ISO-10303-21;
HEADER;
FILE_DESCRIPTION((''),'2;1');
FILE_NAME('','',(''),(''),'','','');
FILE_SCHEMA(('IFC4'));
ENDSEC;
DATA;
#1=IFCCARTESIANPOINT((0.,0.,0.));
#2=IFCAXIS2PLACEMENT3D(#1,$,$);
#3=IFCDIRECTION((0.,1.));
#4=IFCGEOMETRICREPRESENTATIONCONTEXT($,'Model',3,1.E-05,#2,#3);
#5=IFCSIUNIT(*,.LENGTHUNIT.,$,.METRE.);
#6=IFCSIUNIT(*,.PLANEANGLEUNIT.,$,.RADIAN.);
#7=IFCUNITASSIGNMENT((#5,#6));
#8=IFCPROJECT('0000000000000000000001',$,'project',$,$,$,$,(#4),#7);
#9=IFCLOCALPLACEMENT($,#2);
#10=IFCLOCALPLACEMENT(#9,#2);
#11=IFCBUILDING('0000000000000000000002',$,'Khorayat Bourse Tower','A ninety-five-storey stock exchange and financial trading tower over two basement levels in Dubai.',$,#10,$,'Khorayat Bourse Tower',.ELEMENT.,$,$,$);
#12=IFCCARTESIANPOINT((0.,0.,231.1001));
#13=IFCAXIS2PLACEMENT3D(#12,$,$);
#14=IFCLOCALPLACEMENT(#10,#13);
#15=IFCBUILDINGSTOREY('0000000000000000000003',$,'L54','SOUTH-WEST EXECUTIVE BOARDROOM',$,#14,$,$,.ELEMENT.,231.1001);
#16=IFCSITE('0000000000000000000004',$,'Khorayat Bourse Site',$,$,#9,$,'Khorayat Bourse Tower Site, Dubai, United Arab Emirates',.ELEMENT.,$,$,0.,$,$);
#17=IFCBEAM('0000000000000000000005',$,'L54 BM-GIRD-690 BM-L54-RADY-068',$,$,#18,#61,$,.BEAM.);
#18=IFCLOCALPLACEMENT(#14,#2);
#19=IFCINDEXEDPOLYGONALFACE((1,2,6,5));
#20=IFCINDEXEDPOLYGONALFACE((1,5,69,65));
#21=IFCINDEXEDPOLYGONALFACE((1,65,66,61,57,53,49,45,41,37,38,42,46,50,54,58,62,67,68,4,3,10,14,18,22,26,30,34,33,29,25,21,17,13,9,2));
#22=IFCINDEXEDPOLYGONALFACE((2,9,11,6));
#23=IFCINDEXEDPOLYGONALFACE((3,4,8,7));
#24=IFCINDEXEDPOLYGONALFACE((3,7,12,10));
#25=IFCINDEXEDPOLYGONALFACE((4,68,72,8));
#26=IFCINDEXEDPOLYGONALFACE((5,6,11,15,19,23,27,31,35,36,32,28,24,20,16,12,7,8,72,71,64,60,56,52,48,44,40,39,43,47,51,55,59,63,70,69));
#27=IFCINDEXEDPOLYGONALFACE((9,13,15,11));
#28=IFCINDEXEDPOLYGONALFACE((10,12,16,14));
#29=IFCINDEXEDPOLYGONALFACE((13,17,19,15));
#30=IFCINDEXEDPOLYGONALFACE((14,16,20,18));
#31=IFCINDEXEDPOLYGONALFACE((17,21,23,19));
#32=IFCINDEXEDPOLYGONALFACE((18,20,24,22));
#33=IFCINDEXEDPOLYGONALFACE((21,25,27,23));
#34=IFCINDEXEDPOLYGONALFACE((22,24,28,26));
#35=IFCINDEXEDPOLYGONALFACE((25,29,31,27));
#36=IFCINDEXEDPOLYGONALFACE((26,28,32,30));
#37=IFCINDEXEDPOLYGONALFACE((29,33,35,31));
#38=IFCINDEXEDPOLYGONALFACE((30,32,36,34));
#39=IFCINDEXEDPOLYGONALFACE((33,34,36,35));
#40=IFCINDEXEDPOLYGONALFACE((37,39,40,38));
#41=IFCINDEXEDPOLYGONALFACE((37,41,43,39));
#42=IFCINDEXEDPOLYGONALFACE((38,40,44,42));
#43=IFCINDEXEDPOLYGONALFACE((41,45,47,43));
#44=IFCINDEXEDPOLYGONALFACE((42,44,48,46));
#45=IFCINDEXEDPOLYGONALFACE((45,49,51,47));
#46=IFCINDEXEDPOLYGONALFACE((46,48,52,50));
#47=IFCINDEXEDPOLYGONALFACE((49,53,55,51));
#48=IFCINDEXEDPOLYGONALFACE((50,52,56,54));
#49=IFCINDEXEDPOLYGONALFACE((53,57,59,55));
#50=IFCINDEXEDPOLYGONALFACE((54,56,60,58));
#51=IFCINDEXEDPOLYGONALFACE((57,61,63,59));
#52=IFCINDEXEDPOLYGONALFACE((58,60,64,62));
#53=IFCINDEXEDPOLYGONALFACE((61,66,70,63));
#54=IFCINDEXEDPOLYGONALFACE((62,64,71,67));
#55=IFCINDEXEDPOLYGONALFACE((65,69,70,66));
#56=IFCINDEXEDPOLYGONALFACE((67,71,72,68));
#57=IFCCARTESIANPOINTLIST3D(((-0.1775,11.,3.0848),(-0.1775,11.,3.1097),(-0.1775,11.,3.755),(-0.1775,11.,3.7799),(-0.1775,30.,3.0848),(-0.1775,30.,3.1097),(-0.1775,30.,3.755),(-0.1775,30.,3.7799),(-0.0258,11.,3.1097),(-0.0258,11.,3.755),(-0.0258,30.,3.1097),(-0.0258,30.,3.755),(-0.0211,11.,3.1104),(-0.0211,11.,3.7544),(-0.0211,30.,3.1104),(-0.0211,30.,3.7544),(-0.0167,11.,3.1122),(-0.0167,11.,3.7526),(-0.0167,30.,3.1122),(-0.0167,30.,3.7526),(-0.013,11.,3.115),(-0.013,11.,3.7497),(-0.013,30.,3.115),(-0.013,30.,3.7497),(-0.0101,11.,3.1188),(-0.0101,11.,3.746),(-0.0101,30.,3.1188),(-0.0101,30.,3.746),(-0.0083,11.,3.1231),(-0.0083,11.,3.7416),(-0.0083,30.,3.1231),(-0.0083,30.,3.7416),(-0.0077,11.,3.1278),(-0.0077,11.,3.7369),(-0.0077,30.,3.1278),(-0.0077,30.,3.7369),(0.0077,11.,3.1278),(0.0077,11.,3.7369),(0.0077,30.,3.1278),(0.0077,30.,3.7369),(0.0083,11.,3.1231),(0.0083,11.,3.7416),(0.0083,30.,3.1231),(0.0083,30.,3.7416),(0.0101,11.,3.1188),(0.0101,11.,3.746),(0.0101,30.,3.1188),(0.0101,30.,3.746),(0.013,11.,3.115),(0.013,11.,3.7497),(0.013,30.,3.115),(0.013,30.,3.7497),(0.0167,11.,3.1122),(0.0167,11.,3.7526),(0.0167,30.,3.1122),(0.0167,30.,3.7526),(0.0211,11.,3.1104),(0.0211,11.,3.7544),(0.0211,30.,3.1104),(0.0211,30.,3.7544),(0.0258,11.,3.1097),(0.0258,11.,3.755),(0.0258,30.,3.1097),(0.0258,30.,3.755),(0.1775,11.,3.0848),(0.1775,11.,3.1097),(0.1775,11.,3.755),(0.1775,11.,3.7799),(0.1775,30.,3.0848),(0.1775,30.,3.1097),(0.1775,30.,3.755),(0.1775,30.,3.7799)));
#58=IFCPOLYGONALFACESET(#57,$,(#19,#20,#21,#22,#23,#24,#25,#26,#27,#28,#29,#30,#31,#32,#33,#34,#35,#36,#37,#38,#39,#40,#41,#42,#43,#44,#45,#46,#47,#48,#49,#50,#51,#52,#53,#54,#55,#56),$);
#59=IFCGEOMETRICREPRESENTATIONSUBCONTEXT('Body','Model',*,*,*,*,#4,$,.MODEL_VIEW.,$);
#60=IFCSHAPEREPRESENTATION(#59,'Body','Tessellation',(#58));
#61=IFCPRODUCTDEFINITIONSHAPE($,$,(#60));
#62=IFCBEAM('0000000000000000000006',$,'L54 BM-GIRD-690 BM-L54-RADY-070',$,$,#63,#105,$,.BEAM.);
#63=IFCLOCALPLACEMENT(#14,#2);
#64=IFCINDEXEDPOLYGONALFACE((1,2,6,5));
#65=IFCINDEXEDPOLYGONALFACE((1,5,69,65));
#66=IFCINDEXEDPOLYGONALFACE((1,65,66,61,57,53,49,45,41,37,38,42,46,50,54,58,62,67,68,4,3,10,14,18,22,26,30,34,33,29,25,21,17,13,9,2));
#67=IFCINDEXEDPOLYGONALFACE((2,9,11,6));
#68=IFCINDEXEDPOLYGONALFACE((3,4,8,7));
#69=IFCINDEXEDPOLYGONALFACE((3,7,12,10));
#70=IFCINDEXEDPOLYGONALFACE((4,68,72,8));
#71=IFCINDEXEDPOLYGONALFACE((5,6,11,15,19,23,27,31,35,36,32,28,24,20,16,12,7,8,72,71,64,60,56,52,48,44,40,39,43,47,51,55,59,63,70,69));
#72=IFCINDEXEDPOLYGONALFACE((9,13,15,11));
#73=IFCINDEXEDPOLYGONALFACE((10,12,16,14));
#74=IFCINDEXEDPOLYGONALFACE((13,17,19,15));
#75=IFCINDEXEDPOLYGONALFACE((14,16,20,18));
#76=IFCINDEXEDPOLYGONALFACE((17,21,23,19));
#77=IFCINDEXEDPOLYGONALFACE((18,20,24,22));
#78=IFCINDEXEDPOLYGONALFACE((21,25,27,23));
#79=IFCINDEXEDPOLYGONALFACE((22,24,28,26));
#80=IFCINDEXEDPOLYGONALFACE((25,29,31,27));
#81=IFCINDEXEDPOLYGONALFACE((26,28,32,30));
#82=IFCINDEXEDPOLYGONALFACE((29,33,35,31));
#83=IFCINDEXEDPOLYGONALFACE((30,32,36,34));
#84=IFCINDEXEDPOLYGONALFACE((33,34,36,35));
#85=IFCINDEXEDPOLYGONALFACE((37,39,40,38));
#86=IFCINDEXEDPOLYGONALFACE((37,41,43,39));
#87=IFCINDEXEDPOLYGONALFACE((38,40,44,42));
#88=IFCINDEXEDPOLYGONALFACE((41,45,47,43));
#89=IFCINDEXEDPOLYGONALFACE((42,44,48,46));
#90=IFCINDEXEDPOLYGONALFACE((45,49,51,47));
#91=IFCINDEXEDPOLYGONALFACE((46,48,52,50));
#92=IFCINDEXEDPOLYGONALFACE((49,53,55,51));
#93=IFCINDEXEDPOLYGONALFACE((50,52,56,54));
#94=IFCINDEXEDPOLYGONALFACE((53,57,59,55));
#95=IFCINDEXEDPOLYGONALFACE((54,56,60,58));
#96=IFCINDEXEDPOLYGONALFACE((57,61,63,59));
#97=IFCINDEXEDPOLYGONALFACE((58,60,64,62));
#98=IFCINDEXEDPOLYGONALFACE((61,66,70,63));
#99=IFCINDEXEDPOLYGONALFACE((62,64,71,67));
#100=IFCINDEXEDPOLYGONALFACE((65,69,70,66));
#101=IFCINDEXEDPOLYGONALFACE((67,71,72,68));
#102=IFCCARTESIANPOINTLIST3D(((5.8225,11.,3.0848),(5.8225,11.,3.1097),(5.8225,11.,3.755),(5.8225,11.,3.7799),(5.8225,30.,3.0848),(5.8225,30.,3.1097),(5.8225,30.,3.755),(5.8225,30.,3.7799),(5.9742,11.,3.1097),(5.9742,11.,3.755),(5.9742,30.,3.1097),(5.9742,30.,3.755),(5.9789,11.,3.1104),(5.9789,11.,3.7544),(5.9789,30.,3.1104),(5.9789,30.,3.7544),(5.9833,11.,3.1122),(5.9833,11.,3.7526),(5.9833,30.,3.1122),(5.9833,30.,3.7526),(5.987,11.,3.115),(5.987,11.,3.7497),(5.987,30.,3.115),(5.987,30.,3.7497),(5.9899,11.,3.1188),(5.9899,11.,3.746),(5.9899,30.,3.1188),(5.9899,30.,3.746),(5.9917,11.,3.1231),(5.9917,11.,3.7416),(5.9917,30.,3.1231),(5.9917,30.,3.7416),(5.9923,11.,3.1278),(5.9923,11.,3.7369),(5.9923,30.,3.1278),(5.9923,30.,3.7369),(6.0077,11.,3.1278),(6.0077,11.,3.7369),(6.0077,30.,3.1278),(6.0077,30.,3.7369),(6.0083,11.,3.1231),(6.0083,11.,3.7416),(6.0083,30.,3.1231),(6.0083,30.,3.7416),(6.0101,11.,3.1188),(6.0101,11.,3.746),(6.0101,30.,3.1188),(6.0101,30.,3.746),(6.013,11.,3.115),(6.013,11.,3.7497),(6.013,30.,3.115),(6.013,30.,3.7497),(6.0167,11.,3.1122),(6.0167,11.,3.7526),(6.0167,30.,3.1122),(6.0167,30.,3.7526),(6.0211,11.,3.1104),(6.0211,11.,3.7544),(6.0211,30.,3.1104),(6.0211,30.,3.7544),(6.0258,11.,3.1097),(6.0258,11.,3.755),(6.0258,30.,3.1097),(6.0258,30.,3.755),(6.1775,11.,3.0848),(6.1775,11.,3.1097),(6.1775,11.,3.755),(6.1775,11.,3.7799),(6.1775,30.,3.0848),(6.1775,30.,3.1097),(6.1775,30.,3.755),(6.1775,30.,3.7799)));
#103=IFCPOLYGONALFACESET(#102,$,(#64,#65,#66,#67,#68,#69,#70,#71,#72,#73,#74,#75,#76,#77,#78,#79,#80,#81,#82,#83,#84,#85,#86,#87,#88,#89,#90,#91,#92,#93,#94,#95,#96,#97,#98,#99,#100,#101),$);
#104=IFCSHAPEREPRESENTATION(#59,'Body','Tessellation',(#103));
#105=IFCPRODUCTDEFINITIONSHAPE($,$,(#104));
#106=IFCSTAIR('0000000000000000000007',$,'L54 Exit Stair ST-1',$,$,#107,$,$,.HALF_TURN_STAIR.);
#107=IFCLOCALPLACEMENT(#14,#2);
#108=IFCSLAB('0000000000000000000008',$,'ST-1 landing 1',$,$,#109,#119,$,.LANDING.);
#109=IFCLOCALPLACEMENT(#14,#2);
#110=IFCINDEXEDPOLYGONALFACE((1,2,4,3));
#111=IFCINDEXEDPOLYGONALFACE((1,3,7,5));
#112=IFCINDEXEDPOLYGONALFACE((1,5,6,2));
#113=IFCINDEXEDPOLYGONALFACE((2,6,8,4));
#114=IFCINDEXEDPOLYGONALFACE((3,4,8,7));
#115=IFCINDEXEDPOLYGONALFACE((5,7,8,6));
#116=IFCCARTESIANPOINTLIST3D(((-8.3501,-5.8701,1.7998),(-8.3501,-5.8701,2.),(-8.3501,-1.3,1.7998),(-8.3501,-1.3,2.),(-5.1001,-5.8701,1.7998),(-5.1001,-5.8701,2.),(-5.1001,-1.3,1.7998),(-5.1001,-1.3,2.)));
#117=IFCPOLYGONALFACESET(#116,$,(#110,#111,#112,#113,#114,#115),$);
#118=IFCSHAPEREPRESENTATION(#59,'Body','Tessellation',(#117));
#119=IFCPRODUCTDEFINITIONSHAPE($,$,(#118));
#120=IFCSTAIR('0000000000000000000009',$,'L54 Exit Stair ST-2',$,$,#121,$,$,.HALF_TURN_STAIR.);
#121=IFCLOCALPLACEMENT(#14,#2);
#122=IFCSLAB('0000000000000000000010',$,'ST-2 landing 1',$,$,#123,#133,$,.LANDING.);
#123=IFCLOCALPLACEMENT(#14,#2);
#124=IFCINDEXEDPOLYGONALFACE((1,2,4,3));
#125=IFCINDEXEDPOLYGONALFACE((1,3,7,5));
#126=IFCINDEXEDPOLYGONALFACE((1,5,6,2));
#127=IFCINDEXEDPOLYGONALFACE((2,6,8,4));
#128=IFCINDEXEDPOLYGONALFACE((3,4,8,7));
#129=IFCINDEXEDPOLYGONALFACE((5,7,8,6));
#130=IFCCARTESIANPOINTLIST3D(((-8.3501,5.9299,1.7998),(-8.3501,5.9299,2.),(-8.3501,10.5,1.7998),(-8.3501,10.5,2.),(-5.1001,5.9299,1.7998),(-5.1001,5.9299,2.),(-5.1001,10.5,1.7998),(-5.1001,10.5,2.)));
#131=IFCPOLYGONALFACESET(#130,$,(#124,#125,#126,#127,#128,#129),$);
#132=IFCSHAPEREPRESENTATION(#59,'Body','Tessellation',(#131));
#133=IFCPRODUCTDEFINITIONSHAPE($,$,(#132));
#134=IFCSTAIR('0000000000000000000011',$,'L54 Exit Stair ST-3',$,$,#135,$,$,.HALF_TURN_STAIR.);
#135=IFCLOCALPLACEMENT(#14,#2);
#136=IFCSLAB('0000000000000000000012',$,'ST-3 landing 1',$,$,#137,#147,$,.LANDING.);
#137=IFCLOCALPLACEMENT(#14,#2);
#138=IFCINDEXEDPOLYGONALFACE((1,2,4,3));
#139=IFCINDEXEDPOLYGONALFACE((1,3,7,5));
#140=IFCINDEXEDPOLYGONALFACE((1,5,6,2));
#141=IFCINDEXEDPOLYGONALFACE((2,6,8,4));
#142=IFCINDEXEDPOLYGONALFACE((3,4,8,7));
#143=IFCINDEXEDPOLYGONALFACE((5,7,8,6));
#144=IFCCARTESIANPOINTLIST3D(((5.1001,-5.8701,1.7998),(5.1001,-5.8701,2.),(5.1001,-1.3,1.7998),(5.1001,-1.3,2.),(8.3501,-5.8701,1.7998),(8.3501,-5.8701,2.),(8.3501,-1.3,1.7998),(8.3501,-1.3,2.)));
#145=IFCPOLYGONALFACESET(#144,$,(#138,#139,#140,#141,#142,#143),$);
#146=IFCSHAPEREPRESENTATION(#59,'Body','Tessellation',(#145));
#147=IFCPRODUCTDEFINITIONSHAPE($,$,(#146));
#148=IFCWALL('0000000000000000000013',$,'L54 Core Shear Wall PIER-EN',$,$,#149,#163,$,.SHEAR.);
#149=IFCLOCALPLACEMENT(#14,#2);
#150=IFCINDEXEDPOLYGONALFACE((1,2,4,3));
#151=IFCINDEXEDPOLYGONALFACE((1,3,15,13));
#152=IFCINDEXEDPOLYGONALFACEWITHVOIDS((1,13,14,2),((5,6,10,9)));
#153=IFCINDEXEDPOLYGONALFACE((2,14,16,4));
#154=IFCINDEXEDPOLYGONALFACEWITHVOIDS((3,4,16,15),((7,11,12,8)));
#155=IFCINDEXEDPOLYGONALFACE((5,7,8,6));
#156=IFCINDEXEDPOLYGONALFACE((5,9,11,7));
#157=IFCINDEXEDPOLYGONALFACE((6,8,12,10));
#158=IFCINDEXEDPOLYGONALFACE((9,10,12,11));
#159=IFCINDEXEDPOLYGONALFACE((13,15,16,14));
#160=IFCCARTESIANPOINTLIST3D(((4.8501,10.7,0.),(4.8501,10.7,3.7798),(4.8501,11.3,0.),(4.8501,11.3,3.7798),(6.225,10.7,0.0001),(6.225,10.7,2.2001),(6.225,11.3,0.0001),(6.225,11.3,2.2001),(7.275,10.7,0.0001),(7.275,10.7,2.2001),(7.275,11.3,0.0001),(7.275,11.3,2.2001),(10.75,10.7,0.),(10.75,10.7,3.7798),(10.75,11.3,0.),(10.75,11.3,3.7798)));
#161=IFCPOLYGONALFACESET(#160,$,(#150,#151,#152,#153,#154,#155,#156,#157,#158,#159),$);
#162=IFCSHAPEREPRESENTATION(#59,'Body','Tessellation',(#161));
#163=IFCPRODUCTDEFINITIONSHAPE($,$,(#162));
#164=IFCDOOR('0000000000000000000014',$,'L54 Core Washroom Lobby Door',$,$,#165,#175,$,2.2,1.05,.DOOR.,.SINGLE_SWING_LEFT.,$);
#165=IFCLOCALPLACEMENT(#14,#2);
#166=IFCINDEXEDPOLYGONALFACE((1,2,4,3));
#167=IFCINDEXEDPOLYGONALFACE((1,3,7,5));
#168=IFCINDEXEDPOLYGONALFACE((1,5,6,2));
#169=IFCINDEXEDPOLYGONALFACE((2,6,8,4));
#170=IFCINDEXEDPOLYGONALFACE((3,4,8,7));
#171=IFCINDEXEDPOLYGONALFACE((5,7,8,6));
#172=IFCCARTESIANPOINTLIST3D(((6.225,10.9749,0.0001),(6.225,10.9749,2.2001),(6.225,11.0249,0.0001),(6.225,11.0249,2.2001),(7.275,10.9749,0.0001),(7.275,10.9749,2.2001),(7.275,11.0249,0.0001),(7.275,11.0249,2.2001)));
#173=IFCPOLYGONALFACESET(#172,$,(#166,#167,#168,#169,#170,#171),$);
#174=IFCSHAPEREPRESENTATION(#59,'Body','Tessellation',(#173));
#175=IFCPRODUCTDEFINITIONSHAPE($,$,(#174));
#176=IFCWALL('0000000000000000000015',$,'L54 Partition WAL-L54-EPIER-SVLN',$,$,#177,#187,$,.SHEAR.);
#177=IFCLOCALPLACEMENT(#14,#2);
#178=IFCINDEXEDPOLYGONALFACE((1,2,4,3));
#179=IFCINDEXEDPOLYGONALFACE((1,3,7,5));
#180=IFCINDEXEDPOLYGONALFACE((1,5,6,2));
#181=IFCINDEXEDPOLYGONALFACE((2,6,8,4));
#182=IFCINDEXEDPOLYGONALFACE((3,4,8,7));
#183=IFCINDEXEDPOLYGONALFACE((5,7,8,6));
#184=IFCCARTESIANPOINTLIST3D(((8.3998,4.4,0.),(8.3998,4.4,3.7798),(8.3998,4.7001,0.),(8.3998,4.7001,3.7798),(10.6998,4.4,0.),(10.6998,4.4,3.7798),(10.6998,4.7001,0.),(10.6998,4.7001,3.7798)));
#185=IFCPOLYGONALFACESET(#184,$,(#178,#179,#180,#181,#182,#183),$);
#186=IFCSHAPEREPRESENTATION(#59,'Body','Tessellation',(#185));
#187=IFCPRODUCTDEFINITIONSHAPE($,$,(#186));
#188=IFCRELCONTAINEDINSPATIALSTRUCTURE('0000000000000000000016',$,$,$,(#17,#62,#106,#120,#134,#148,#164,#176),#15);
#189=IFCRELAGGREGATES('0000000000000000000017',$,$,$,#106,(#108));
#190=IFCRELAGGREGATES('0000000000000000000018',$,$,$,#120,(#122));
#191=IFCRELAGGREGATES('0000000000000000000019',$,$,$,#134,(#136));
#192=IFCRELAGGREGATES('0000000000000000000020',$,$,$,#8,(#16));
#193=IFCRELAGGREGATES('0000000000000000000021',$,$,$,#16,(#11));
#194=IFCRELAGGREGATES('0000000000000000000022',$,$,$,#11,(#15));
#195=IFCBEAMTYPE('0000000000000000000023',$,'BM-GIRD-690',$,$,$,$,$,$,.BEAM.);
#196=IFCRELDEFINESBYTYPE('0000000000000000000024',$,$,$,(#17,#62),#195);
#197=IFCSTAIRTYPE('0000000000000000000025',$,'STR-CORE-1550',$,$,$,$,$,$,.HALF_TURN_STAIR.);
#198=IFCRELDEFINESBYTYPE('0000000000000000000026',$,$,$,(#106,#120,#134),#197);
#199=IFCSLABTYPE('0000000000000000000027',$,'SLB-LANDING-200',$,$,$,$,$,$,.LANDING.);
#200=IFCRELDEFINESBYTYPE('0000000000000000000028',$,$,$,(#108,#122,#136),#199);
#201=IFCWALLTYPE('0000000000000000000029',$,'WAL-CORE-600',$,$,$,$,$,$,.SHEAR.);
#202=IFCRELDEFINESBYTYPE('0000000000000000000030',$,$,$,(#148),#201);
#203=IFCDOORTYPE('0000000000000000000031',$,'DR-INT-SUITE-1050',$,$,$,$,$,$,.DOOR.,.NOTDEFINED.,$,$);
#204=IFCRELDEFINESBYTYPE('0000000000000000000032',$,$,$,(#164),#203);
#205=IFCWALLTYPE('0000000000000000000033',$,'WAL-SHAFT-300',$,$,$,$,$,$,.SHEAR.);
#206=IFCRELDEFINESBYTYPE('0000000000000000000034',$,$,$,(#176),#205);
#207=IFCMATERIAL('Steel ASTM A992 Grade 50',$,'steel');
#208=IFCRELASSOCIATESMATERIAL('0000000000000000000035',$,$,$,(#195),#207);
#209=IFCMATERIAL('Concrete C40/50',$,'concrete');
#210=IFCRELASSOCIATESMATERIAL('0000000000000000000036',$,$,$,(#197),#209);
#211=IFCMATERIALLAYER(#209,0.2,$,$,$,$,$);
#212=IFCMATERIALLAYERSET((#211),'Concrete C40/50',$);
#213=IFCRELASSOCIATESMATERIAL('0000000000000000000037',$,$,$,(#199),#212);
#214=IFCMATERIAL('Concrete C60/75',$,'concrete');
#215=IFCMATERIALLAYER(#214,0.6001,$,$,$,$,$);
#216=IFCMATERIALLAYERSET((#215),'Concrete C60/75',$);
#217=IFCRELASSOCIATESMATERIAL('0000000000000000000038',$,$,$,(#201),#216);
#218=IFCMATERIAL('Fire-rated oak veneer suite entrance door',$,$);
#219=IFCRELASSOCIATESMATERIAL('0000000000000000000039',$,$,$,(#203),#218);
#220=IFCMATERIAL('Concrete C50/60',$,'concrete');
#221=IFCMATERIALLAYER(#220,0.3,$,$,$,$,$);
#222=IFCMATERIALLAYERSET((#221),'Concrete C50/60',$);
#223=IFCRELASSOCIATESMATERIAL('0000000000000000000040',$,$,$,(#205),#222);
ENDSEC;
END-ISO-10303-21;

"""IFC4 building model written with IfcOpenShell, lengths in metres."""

from ifc_helpers import new_model, si_unit, direction, frame, frame_2d, origin, origin_2d, place, context, subcontext, project, spatial, polyline, rectangle, i_section, outline, extrude, source, transform, mapped, material, layer, layer_set, material_profile, profile_set, type_object, element, fill, aggregate, save


model = new_model("IFC4")

# Units and contexts
model_context = context("Model", 3, precision=1e-05, world=origin(), true_north=direction((0.0, 1.0)))
body_context = subcontext(model_context, "Body", "Model", "MODEL_VIEW")
ifc_project = project(units=[si_unit("LENGTHUNIT", "METRE"), si_unit("PLANEANGLEUNIT", "RADIAN")], contexts=[model_context])

# Site, building, storey
site_placement = place(None, origin())
site = spatial("IfcSite", under=ifc_project, at=site_placement, Name="Khorayat Bourse Site", LongName="Khorayat Bourse Tower Site, Dubai, United Arab Emirates", CompositionType="ELEMENT", RefElevation=0.0)
building_placement = place(site_placement, origin())
building = spatial("IfcBuilding", under=site, at=building_placement, Name="Khorayat Bourse Tower", Description="A ninety-five-storey stock exchange and financial trading tower over two basement levels in Dubai.", LongName="Khorayat Bourse Tower", CompositionType="ELEMENT")
storey_placement = place(building_placement, frame((0.0, 0.0, 231.1001)))
storey = spatial("IfcBuildingStorey", under=building, at=storey_placement, Name="L54", Description="SOUTH-WEST EXECUTIVE BOARDROOM", CompositionType="ELEMENT", Elevation=231.1001)

# Shared definitions
ifc_material_1 = material(Name="Concrete C60/75", Category="concrete")

# Beams
ifc_material_2 = material(Name="Steel ASTM A992 Grade 50", Category="steel")
ifc_material_profile_1 = material_profile(ifc_material_2, i_section(OverallWidth=0.355, OverallDepth=0.6951, WebThickness=0.0154, FlangeThickness=0.0249, FilletRadius=0.0181, at=origin_2d()), Name="W690X217")
ifc_profile_set_1 = profile_set([ifc_material_profile_1], Name="Steel ASTM A992 Grade 50")
beam_type_1 = type_object("IfcBeamType", Name="BM-GIRD-690", PredefinedType="BEAM", material=ifc_profile_set_1)
shared_shape_1 = source(origin(), body_context, "Body", "SweptSolid", [
    extrude(i_section(OverallWidth=0.355, OverallDepth=0.6951, WebThickness=0.0154, FlangeThickness=0.0249, FilletRadius=0.0181, at=origin_2d()), origin(), (0.0, 0.0, 1.0), 19.0),
])
for number, where, z_axis, x_axis, name in (
    (1, (0.0, 11.0, 3.4324), (0.0, 1.0, 0.0), (-1.0, 0.0, 0.0), "L54 BM-GIRD-690 BM-L54-RADY-068"),
    (2, (6.0, 11.0, 3.4324), (0.0, 1.0, 0.0), (-1.0, 0.0, 0.0), "L54 BM-GIRD-690 BM-L54-RADY-070"),
):
    element("IfcBeam", number, at=place(storey_placement, frame(where, z_axis=z_axis, x_axis=x_axis)), inside=storey, type_object=beam_type_1, Name=name, PredefinedType="BEAM", context=body_context, shape_type="MappedRepresentation", body=[
        mapped(shared_shape_1, transform((0.0, 0.0, 0.0), scale=1.0)),
    ])

# Stairs, slabs
ifc_material_3 = material(Name="Concrete C40/50", Category="concrete")
stair_type = type_object("IfcStairType", Name="STR-CORE-1550", PredefinedType="HALF_TURN_STAIR", material=ifc_material_3)
stair_1_placement = place(storey_placement, origin())
stair_1 = element("IfcStair", 3, at=stair_1_placement, inside=storey, type_object=stair_type, Name="L54 Exit Stair ST-1", PredefinedType="HALF_TURN_STAIR")
ifc_layer_1 = layer(ifc_material_3, 0.2)
ifc_layer_set_1 = layer_set([ifc_layer_1], Name="Concrete C40/50")
slab_type = type_object("IfcSlabType", Name="SLB-LANDING-200", PredefinedType="LANDING", material=ifc_layer_set_1)
slab_1_placement = place(storey_placement, frame((0.0, 0.0, 1.7998)))
slab_1 = element("IfcSlab", 4, at=slab_1_placement, type_object=slab_type, Name="ST-1 landing 1", PredefinedType="LANDING", context=body_context, shape_type="SweptSolid", body=[
    extrude(outline(polyline([(-5.1001, -5.8701), (-5.1001, -1.3), (-8.3501, -1.3), (-8.3501, -5.8701), (-5.1001, -5.8701)])), origin(), (0.0, 0.0, 1.0), 0.2002),
])
aggregate(stair_1, [slab_1])
stair_2_placement = place(storey_placement, origin())
stair_2 = element("IfcStair", 5, at=stair_2_placement, inside=storey, type_object=stair_type, Name="L54 Exit Stair ST-2", PredefinedType="HALF_TURN_STAIR")
slab_2_placement = place(storey_placement, frame((0.0, 0.0, 1.7998)))
slab_2 = element("IfcSlab", 6, at=slab_2_placement, type_object=slab_type, Name="ST-2 landing 1", PredefinedType="LANDING", context=body_context, shape_type="SweptSolid", body=[
    extrude(outline(polyline([(-5.1001, 5.9299), (-5.1001, 10.5), (-8.3501, 10.5), (-8.3501, 5.9299), (-5.1001, 5.9299)])), origin(), (0.0, 0.0, 1.0), 0.2002),
])
aggregate(stair_2, [slab_2])
stair_3_placement = place(storey_placement, origin())
stair_3 = element("IfcStair", 7, at=stair_3_placement, inside=storey, type_object=stair_type, Name="L54 Exit Stair ST-3", PredefinedType="HALF_TURN_STAIR")
slab_3_placement = place(storey_placement, frame((0.0, 0.0, 1.7998)))
slab_3 = element("IfcSlab", 8, at=slab_3_placement, type_object=slab_type, Name="ST-3 landing 1", PredefinedType="LANDING", context=body_context, shape_type="SweptSolid", body=[
    extrude(outline(polyline([(8.3501, -5.8701), (8.3501, -1.3), (5.1001, -1.3), (5.1001, -5.8701), (8.3501, -5.8701)])), origin(), (0.0, 0.0, 1.0), 0.2002),
])
aggregate(stair_3, [slab_3])

# Wall, opening, door
ifc_layer_2 = layer(ifc_material_1, 0.6001)
ifc_layer_set_2 = layer_set([ifc_layer_2], Name="Concrete C60/75")
wall_type_1 = type_object("IfcWallType", Name="WAL-CORE-600", PredefinedType="SHEAR", material=ifc_layer_set_2)
shared_shape_2 = source(origin(), body_context, "Body", "SweptSolid", [
    extrude(rectangle(XDim=5.8999, YDim=0.6001, at=frame_2d((2.95, 0.0))), origin(), (0.0, 0.0, 1.0), 3.7798),
])
wall_1_placement = place(storey_placement, frame((4.8501, 11.0, 0.0), z_axis=(0.0, 0.0, 1.0), x_axis=(1.0, 0.0, 0.0)))
wall_1 = element("IfcWall", 9, at=wall_1_placement, inside=storey, type_object=wall_type_1, Name="L54 Core Shear Wall PIER-EN", PredefinedType="SHEAR", context=body_context, shape_type="MappedRepresentation", body=[
    mapped(shared_shape_2, transform((0.0, 0.0, 0.0), scale=1.0)),
])
shared_shape_3 = source(origin(), body_context, "Body", "SweptSolid", [
    extrude(rectangle(XDim=1.05, YDim=2.2, at=frame_2d((0.5249, 1.1001))), frame((0.0, 0.3101, 0.0), z_axis=(0.0, -1.0, 0.0), x_axis=(1.0, 0.0, 0.0)), (0.0, 0.0, 1.0), 0.6201),
])
opening_1_placement = place(wall_1_placement, frame((1.375, 0.0, 0.0)))
opening_1 = element("IfcOpeningElement", 10, at=opening_1_placement, cuts=wall_1, PredefinedType="OPENING", context=body_context, shape_type="MappedRepresentation", body=[
    mapped(shared_shape_3, transform((0.0, 0.0, 0.0), scale=1.0)),
])
ifc_material_4 = material(Name="Fire-rated oak veneer suite entrance door")
door_type_1 = type_object("IfcDoorType", Name="DR-INT-SUITE-1050", OperationType="NOTDEFINED", PredefinedType="DOOR", material=ifc_material_4)
shared_shape_4 = source(origin(), body_context, "Body", "SweptSolid", [
    extrude(rectangle(XDim=1.05, YDim=2.2, at=frame_2d((0.5249, 1.1001))), frame((0.0, 0.0249, 0.0), z_axis=(0.0, -1.0, 0.0), x_axis=(1.0, 0.0, 0.0)), (0.0, 0.0, 1.0), 0.05),
])
door_1_placement = place(opening_1_placement, origin())
door_1 = element("IfcDoor", 11, at=door_1_placement, inside=storey, type_object=door_type_1, Name="L54 Core Washroom Lobby Door", OperationType="SINGLE_SWING_LEFT", OverallHeight=2.2, OverallWidth=1.05, PredefinedType="DOOR", context=body_context, shape_type="MappedRepresentation", body=[
    mapped(shared_shape_4, transform((0.0, 0.0, 0.0), scale=1.0)),
])
fill(opening_1, door_1)

# Wall
ifc_material_5 = material(Name="Concrete C50/60", Category="concrete")
ifc_layer_3 = layer(ifc_material_5, 0.3)
ifc_layer_set_3 = layer_set([ifc_layer_3], Name="Concrete C50/60")
wall_type_2 = type_object("IfcWallType", Name="WAL-SHAFT-300", PredefinedType="SHEAR", material=ifc_layer_set_3)
shared_shape_5 = source(origin(), body_context, "Body", "SweptSolid", [
    extrude(rectangle(XDim=2.3, YDim=0.3, at=frame_2d((1.1499, 0.0))), origin(), (0.0, 0.0, 1.0), 3.7798),
])
for number, where, z_axis, x_axis, name in (
    (12, (8.3999, 4.55, 0.0), (0.0, 0.0, 1.0), (1.0, 0.0, 0.0), "L54 Partition WAL-L54-EPIER-SVLN"),
):
    element("IfcWall", number, at=place(storey_placement, frame(where, z_axis=z_axis, x_axis=x_axis)), inside=storey, type_object=wall_type_2, Name=name, PredefinedType="SHEAR", context=body_context, shape_type="MappedRepresentation", body=[
        mapped(shared_shape_5, transform((0.0, 0.0, 0.0), scale=1.0)),
    ])

save(model, "model.ifc")
